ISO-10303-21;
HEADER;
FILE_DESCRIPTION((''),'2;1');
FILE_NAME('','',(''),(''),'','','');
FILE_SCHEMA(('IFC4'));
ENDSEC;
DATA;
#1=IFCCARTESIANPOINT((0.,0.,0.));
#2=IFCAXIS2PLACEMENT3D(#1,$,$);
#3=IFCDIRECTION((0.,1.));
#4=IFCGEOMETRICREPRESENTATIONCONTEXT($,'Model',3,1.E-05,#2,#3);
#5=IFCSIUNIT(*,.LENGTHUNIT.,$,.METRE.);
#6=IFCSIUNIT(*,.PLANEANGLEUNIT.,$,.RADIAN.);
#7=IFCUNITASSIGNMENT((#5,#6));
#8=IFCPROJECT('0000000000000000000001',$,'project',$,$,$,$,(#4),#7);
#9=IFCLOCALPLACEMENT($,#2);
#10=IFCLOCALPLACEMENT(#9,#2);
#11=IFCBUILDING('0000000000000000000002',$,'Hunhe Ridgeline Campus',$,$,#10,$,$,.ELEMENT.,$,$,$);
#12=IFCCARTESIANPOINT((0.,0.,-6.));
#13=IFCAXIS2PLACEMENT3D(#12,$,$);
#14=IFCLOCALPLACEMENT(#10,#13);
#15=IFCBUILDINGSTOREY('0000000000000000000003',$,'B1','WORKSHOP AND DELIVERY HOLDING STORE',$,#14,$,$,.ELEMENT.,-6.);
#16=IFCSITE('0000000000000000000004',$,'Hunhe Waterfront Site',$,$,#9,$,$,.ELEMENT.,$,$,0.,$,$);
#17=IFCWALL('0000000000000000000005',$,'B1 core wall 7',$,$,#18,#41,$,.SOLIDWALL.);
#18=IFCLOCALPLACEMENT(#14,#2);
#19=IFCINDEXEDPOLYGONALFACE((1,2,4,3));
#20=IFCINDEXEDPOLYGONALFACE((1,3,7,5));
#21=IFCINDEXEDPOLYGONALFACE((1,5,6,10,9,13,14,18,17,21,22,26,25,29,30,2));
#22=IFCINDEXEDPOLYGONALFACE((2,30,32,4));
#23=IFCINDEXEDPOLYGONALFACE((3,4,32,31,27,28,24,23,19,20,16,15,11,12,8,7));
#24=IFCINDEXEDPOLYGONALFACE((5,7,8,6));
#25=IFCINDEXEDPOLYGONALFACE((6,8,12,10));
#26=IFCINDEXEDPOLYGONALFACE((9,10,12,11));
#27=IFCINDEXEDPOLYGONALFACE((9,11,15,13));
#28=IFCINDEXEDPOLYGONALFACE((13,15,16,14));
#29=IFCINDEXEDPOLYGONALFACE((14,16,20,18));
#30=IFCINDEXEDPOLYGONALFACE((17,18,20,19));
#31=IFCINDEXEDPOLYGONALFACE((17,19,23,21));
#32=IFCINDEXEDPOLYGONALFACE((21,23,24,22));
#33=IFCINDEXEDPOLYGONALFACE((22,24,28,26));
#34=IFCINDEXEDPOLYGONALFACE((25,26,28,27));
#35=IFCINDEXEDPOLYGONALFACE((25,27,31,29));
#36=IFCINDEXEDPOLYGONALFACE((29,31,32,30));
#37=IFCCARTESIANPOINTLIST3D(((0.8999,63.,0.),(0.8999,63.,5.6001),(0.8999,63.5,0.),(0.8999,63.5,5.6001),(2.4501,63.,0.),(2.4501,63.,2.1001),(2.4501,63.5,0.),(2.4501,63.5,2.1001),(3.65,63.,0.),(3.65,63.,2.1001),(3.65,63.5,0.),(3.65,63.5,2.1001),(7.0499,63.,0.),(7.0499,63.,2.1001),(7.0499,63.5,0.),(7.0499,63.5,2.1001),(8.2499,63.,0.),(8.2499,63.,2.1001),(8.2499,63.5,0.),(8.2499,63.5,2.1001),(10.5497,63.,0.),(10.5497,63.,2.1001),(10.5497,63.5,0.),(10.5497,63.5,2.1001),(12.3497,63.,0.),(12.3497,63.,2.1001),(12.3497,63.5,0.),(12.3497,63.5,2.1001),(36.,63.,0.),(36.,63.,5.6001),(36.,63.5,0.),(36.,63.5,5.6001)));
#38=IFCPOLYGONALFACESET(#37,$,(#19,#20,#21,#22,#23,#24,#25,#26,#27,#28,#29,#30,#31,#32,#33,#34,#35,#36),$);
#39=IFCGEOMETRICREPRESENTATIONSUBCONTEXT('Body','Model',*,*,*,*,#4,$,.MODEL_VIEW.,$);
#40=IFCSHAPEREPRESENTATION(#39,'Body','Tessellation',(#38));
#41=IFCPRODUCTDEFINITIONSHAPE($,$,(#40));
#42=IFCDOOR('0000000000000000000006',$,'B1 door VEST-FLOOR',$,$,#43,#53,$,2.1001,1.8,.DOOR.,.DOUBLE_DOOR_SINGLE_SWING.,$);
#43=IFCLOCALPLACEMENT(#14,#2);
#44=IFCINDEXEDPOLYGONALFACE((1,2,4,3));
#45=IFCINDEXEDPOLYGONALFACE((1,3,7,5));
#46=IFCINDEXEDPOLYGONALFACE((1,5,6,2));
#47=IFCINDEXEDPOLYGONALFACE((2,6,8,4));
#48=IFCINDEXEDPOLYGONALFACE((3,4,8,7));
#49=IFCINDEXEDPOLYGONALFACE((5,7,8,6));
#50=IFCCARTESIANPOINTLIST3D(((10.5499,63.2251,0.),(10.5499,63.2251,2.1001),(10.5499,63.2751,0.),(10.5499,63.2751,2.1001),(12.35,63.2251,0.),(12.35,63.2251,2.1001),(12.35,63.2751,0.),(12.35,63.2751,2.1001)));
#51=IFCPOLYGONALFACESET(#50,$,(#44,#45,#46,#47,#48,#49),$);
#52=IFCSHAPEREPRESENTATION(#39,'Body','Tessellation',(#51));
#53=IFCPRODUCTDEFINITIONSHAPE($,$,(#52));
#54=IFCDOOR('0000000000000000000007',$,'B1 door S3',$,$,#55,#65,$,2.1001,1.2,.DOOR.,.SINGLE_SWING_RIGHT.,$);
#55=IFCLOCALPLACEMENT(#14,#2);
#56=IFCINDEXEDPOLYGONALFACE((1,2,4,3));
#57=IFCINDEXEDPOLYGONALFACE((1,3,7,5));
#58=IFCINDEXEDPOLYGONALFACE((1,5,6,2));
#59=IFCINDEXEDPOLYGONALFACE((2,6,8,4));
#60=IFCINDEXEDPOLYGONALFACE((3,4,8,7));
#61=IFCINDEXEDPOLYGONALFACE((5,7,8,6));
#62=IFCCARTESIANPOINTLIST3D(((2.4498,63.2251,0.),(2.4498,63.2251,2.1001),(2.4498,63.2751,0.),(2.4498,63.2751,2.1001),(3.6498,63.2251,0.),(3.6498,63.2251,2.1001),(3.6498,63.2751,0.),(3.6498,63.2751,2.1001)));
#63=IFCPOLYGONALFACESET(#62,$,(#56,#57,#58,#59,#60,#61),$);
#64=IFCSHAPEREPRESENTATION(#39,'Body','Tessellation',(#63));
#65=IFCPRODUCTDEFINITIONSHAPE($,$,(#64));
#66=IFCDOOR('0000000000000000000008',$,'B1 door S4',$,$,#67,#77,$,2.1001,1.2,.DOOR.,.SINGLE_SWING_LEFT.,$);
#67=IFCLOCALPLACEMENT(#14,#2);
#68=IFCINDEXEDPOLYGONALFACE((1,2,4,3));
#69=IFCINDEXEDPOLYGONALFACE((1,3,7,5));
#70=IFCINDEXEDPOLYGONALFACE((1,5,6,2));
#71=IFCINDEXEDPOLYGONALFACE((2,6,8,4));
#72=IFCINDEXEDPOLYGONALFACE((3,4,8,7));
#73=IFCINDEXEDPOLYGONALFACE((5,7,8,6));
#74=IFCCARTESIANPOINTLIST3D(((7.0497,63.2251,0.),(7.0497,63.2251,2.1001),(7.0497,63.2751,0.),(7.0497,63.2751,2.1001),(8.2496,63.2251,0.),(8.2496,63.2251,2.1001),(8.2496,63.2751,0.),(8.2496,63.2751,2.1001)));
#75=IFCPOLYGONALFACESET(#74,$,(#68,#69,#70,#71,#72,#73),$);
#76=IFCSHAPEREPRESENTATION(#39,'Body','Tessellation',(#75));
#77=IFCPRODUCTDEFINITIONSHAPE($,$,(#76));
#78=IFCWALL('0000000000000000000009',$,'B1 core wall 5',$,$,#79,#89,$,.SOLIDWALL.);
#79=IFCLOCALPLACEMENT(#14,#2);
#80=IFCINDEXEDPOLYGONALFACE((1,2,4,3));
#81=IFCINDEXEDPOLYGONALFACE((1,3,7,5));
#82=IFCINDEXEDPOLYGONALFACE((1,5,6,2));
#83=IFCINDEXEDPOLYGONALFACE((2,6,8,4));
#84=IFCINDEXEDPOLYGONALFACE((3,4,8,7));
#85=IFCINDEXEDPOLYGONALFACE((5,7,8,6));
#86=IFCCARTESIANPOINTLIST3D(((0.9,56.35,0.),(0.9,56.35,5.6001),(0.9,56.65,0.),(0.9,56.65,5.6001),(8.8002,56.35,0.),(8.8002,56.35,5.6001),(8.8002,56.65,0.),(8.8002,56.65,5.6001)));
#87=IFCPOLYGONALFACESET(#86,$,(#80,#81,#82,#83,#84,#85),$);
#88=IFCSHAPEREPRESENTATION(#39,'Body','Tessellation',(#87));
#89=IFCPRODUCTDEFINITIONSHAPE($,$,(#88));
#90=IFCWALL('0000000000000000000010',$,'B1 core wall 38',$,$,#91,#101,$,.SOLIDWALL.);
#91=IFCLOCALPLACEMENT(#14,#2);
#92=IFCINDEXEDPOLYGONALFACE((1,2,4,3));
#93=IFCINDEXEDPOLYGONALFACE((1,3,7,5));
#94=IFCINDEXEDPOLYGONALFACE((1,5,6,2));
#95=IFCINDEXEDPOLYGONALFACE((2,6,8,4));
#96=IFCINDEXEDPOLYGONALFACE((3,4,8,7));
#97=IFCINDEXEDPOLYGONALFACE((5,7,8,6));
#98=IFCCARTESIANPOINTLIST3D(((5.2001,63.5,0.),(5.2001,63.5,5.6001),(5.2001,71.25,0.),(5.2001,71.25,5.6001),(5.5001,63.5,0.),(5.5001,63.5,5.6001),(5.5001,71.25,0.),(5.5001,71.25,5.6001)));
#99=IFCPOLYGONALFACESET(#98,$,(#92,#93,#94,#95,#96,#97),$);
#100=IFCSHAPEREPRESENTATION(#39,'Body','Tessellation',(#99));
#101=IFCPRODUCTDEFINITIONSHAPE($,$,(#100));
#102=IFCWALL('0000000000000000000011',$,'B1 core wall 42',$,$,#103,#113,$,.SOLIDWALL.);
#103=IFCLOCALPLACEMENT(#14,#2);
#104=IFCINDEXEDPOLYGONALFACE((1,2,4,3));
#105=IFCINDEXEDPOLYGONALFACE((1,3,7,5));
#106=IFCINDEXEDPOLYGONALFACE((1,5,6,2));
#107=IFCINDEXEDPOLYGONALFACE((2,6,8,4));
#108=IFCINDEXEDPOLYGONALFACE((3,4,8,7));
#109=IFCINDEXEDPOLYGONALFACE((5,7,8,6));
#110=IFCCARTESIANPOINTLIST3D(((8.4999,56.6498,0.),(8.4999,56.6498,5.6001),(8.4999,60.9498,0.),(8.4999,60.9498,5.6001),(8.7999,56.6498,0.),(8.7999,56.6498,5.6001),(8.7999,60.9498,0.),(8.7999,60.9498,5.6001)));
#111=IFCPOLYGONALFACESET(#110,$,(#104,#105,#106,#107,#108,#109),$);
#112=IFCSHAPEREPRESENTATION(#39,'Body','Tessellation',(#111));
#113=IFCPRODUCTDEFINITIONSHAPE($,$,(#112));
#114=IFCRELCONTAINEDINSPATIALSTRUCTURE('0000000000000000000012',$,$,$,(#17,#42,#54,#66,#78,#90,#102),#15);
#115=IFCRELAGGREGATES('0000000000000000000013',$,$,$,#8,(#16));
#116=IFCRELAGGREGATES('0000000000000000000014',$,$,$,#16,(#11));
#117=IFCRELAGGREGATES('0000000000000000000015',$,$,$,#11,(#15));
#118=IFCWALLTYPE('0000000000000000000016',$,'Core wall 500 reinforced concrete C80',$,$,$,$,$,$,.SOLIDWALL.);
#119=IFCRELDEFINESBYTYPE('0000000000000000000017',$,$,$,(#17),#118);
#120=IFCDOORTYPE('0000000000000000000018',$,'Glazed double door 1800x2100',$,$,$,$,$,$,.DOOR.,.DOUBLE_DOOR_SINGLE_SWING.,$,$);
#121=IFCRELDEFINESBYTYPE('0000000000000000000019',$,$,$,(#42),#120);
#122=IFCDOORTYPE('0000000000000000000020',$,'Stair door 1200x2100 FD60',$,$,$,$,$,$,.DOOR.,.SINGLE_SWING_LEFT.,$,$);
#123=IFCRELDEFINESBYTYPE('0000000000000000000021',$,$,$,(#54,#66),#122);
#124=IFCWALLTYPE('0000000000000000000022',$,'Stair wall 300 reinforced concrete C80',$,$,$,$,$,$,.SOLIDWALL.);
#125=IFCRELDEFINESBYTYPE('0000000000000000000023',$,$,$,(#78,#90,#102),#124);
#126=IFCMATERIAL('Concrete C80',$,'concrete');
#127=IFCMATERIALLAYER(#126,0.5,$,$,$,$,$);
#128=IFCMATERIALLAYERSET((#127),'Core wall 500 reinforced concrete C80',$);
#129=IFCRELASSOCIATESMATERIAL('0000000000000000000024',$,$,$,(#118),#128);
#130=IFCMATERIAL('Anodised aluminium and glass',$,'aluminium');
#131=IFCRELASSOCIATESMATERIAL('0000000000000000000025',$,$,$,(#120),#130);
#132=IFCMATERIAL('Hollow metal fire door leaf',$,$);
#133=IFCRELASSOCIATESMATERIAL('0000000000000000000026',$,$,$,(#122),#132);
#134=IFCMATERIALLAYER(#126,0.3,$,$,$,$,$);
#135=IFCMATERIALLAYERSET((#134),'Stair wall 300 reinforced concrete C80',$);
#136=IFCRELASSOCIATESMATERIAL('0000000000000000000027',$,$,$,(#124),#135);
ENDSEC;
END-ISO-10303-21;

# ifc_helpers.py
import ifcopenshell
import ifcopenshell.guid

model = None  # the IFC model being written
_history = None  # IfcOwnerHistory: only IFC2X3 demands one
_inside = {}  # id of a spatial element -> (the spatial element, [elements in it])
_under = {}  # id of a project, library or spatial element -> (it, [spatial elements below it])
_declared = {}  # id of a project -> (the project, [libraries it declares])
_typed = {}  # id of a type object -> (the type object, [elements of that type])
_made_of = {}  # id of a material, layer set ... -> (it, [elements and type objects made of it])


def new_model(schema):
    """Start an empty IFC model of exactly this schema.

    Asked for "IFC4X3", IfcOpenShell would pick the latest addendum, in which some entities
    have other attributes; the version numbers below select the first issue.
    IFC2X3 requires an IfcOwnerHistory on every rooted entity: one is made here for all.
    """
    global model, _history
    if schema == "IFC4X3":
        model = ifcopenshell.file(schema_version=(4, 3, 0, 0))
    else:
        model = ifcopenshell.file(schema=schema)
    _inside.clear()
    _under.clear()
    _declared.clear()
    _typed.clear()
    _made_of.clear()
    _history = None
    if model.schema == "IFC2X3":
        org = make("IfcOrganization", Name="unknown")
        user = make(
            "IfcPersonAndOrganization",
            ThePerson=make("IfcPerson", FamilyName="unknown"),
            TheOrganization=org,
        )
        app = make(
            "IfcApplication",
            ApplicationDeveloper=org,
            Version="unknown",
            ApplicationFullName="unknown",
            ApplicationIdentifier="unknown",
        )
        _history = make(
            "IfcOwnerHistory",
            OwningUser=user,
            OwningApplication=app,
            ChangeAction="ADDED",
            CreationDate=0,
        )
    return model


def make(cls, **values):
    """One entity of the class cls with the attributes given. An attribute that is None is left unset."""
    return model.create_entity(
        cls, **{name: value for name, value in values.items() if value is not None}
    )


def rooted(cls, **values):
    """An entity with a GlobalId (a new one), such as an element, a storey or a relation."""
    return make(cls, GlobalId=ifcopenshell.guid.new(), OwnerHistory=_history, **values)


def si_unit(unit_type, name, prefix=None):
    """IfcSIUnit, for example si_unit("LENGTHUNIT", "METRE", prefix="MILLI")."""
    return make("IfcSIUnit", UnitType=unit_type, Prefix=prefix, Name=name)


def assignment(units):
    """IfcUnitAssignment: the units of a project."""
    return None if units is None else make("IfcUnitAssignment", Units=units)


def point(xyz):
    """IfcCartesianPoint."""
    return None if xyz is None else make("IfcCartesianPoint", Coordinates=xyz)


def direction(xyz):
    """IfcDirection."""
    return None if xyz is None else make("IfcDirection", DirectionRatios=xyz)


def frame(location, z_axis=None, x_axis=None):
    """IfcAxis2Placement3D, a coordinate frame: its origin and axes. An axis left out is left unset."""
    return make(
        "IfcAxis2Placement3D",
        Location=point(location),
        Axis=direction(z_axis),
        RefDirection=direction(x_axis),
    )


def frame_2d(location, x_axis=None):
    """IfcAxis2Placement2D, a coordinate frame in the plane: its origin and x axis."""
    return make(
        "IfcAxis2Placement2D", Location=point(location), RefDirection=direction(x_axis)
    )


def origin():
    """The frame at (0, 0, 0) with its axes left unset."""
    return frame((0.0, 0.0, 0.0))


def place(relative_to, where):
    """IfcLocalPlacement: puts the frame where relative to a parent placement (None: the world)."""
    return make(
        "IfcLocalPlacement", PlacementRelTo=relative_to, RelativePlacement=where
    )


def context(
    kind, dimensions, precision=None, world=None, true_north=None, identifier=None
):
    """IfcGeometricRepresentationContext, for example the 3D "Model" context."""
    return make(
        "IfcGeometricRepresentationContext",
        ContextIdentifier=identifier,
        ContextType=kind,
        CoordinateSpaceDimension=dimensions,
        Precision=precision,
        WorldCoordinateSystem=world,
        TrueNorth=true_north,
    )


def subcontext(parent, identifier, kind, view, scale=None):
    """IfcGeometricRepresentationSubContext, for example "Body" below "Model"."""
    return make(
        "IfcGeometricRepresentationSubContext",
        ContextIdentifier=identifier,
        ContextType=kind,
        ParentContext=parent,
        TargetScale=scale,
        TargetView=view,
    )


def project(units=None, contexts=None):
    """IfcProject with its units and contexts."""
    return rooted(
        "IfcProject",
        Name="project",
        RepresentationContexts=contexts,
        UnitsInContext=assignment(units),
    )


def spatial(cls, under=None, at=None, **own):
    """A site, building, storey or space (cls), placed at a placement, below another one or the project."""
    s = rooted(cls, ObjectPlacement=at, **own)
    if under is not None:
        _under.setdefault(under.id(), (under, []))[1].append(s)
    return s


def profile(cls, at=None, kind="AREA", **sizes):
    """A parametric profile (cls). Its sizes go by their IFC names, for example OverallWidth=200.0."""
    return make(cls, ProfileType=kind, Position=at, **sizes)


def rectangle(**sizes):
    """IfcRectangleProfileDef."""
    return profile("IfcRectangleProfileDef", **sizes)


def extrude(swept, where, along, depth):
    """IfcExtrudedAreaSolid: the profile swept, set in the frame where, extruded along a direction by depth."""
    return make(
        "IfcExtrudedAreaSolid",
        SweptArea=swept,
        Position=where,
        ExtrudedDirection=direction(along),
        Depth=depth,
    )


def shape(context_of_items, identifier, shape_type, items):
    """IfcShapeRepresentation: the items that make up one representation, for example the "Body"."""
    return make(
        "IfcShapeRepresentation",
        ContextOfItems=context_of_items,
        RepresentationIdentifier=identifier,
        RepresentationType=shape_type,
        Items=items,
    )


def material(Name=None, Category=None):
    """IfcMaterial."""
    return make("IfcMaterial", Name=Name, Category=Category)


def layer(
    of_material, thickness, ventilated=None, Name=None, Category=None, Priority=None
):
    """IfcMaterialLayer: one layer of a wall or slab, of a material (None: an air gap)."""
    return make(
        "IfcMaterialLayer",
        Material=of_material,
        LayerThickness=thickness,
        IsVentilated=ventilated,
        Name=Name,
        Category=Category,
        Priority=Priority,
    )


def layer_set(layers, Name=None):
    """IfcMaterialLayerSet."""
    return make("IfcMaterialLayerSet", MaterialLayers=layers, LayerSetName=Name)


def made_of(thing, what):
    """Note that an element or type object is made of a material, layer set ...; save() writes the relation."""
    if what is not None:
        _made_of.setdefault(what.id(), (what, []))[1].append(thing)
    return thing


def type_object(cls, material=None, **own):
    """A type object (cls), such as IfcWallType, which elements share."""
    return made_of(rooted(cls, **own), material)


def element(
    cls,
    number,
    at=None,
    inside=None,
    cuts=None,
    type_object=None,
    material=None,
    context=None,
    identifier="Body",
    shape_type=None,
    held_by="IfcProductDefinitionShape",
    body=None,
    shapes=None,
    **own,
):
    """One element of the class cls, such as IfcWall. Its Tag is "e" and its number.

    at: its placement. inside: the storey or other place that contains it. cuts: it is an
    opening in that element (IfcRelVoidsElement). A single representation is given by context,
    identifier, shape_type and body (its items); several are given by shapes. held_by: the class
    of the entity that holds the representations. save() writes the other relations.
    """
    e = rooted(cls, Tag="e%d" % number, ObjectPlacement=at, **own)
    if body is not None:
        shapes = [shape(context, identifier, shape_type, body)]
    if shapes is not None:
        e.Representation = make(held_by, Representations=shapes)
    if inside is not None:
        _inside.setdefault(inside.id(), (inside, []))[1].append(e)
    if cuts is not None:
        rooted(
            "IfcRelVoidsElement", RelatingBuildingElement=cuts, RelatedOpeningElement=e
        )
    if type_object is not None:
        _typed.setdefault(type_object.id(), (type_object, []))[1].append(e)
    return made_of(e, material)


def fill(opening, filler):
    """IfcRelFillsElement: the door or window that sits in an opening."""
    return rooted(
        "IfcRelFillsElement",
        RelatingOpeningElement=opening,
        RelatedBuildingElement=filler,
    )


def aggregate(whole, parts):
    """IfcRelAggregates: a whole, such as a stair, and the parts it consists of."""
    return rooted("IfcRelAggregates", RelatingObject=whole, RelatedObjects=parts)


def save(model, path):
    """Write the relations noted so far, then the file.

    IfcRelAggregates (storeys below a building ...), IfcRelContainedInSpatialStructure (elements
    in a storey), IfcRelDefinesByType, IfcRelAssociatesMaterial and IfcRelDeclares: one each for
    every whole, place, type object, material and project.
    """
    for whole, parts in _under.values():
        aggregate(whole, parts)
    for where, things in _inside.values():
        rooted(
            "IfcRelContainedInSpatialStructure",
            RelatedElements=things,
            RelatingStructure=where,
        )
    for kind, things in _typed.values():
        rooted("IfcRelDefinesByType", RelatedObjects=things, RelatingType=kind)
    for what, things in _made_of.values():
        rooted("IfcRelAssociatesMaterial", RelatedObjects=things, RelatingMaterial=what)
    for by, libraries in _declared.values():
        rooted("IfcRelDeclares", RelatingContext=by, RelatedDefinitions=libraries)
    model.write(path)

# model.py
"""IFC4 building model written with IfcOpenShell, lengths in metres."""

from ifc_helpers import new_model, si_unit, direction, frame, frame_2d, origin, place, context, subcontext, project, spatial, rectangle, extrude, material, layer, layer_set, type_object, element, fill, save


model = new_model("IFC4")

# Units and contexts
model_context = context("Model", 3, precision=1e-05, world=origin(), true_north=direction((0.0, 1.0)))
body_context = subcontext(model_context, "Body", "Model", "MODEL_VIEW")
ifc_project = project(units=[si_unit("LENGTHUNIT", "METRE"), si_unit("PLANEANGLEUNIT", "RADIAN")], contexts=[model_context])

# Site, building, storey
site_placement = place(None, origin())
site = spatial("IfcSite", under=ifc_project, at=site_placement, Name="Hunhe Waterfront Site", CompositionType="ELEMENT", RefElevation=0.0)
building_placement = place(site_placement, origin())
building = spatial("IfcBuilding", under=site, at=building_placement, Name="Hunhe Ridgeline Campus", CompositionType="ELEMENT")
storey_placement = place(building_placement, frame((0.0, 0.0, -6.0)))
storey = spatial("IfcBuildingStorey", under=building, at=storey_placement, Name="B1", Description="WORKSHOP AND DELIVERY HOLDING STORE", CompositionType="ELEMENT", Elevation=-6.0)

# Shared definitions
ifc_material_1 = material(Name="Concrete C80", Category="concrete")

# Wall, openings, doors
ifc_layer_1 = layer(ifc_material_1, 0.5)
ifc_layer_set_1 = layer_set([ifc_layer_1], Name="Core wall 500 reinforced concrete C80")
wall_type_1 = type_object("IfcWallType", Name="Core wall 500 reinforced concrete C80", PredefinedType="SOLIDWALL", material=ifc_layer_set_1)
wall_1_placement = place(storey_placement, frame((0.8999, 63.25, 0.0), z_axis=(0.0, 0.0, 1.0), x_axis=(1.0, 0.0, 0.0)))
wall_1 = element("IfcWall", 1, at=wall_1_placement, inside=storey, type_object=wall_type_1, Name="B1 core wall 7", PredefinedType="SOLIDWALL", context=body_context, shape_type="SweptSolid", body=[
    extrude(rectangle(XDim=35.1001, YDim=0.5, at=frame_2d((17.55, 0.0))), origin(), (0.0, 0.0, 1.0), 5.6001),
])
opening_1_placement = place(wall_1_placement, frame((9.6499, 0.0, 0.0)))
opening_1 = element("IfcOpeningElement", 2, at=opening_1_placement, cuts=wall_1, PredefinedType="OPENING", context=body_context, shape_type="SweptSolid", body=[
    extrude(rectangle(XDim=1.8, YDim=2.1001, at=frame_2d((0.8999, 1.05))), frame((0.0, 0.25, 0.0), z_axis=(0.0, -1.0, 0.0), x_axis=(1.0, 0.0, 0.0)), (0.0, 0.0, 1.0), 0.5),
])
opening_2_placement = place(wall_1_placement, frame((1.55, 0.0, 0.0)))
opening_2 = element("IfcOpeningElement", 3, at=opening_2_placement, cuts=wall_1, PredefinedType="OPENING", context=body_context, shape_type="SweptSolid", body=[
    extrude(rectangle(XDim=1.2, YDim=2.1001, at=frame_2d((0.6001, 1.05))), frame((0.0, 0.25, 0.0), z_axis=(0.0, -1.0, 0.0), x_axis=(1.0, 0.0, 0.0)), (0.0, 0.0, 1.0), 0.5),
])
opening_3_placement = place(wall_1_placement, frame((6.1499, 0.0, 0.0)))
opening_3 = element("IfcOpeningElement", 4, at=opening_3_placement, cuts=wall_1, PredefinedType="OPENING", context=body_context, shape_type="SweptSolid", body=[
    extrude(rectangle(XDim=1.2, YDim=2.1001, at=frame_2d((0.6001, 1.05))), frame((0.0, 0.25, 0.0), z_axis=(0.0, -1.0, 0.0), x_axis=(1.0, 0.0, 0.0)), (0.0, 0.0, 1.0), 0.5),
])
ifc_material_2 = material(Name="Anodised aluminium and glass", Category="aluminium")
door_type_1 = type_object("IfcDoorType", Name="Glazed double door 1800x2100", OperationType="DOUBLE_DOOR_SINGLE_SWING", PredefinedType="DOOR", material=ifc_material_2)
door_1_placement = place(opening_1_placement, frame((1.8, 0.0, 0.0), z_axis=(0.0, 0.0, 1.0), x_axis=(-1.0, 0.0, 0.0)))
door_1 = element("IfcDoor", 5, at=door_1_placement, inside=storey, type_object=door_type_1, Name="B1 door VEST-FLOOR", OperationType="DOUBLE_DOOR_SINGLE_SWING", OverallHeight=2.1001, OverallWidth=1.8, PredefinedType="DOOR", context=body_context, shape_type="SweptSolid", body=[
    extrude(rectangle(XDim=1.8, YDim=2.1001, at=frame_2d((0.8999, 1.05))), frame((0.0, 0.0249, 0.0), z_axis=(0.0, -1.0, 0.0), x_axis=(1.0, 0.0, 0.0)), (0.0, 0.0, 1.0), 0.05),
])
fill(opening_1, door_1)
ifc_material_3 = material(Name="Hollow metal fire door leaf")
door_type_2 = type_object("IfcDoorType", Name="Stair door 1200x2100 FD60", OperationType="SINGLE_SWING_LEFT", PredefinedType="DOOR", material=ifc_material_3)
door_2_placement = place(opening_2_placement, frame((1.2, 0.0, 0.0), z_axis=(0.0, 0.0, 1.0), x_axis=(-1.0, 0.0, 0.0)))
door_2 = element("IfcDoor", 6, at=door_2_placement, inside=storey, type_object=door_type_2, Name="B1 door S3", OperationType="SINGLE_SWING_RIGHT", OverallHeight=2.1001, OverallWidth=1.2, PredefinedType="DOOR", context=body_context, shape_type="SweptSolid", body=[
    extrude(rectangle(XDim=1.2, YDim=2.1001, at=frame_2d((0.6001, 1.05))), frame((0.0, 0.0249, 0.0), z_axis=(0.0, -1.0, 0.0), x_axis=(1.0, 0.0, 0.0)), (0.0, 0.0, 1.0), 0.05),
])
fill(opening_2, door_2)
door_3_placement = place(opening_3_placement, frame((1.2, 0.0, 0.0), z_axis=(0.0, 0.0, 1.0), x_axis=(-1.0, 0.0, 0.0)))
door_3 = element("IfcDoor", 7, at=door_3_placement, inside=storey, type_object=door_type_2, Name="B1 door S4", OperationType="SINGLE_SWING_LEFT", OverallHeight=2.1001, OverallWidth=1.2, PredefinedType="DOOR", context=body_context, shape_type="SweptSolid", body=[
    extrude(rectangle(XDim=1.2, YDim=2.1001, at=frame_2d((0.6001, 1.05))), frame((0.0, 0.0249, 0.0), z_axis=(0.0, -1.0, 0.0), x_axis=(1.0, 0.0, 0.0)), (0.0, 0.0, 1.0), 0.05),
])
fill(opening_3, door_3)

# Wall
ifc_layer_2 = layer(ifc_material_1, 0.3)
ifc_layer_set_2 = layer_set([ifc_layer_2], Name="Stair wall 300 reinforced concrete C80")
wall_type_2 = type_object("IfcWallType", Name="Stair wall 300 reinforced concrete C80", PredefinedType="SOLIDWALL", material=ifc_layer_set_2)
wall_2_placement = place(storey_placement, frame((0.8999, 56.5, 0.0), z_axis=(0.0, 0.0, 1.0), x_axis=(1.0, 0.0, 0.0)))
element("IfcWall", 8, at=wall_2_placement, inside=storey, type_object=wall_type_2, Name="B1 core wall 5", PredefinedType="SOLIDWALL", context=body_context, shape_type="SweptSolid", body=[
    extrude(rectangle(XDim=7.9001, YDim=0.3, at=frame_2d((3.9502, 0.0))), origin(), (0.0, 0.0, 1.0), 5.6001),
])

# Walls
wall_3_placement = place(storey_placement, frame((5.3501, 63.5, 0.0), z_axis=(0.0, 0.0, 1.0), x_axis=(0.0, 1.0, 0.0)))
element("IfcWall", 9, at=wall_3_placement, inside=storey, type_object=wall_type_2, Name="B1 core wall 38", PredefinedType="SOLIDWALL", context=body_context, shape_type="SweptSolid", body=[
    extrude(rectangle(XDim=7.75, YDim=0.3, at=frame_2d((3.875, 0.0))), origin(), (0.0, 0.0, 1.0), 5.6001),
])
wall_4_placement = place(storey_placement, frame((8.6499, 56.6499, 0.0), z_axis=(0.0, 0.0, 1.0), x_axis=(0.0, 1.0, 0.0)))
element("IfcWall", 10, at=wall_4_placement, inside=storey, type_object=wall_type_2, Name="B1 core wall 42", PredefinedType="SOLIDWALL", context=body_context, shape_type="SweptSolid", body=[
    extrude(rectangle(XDim=4.3, YDim=0.3, at=frame_2d((2.1499, 0.0))), origin(), (0.0, 0.0, 1.0), 5.6001),
])

save(model, "model.ifc")
